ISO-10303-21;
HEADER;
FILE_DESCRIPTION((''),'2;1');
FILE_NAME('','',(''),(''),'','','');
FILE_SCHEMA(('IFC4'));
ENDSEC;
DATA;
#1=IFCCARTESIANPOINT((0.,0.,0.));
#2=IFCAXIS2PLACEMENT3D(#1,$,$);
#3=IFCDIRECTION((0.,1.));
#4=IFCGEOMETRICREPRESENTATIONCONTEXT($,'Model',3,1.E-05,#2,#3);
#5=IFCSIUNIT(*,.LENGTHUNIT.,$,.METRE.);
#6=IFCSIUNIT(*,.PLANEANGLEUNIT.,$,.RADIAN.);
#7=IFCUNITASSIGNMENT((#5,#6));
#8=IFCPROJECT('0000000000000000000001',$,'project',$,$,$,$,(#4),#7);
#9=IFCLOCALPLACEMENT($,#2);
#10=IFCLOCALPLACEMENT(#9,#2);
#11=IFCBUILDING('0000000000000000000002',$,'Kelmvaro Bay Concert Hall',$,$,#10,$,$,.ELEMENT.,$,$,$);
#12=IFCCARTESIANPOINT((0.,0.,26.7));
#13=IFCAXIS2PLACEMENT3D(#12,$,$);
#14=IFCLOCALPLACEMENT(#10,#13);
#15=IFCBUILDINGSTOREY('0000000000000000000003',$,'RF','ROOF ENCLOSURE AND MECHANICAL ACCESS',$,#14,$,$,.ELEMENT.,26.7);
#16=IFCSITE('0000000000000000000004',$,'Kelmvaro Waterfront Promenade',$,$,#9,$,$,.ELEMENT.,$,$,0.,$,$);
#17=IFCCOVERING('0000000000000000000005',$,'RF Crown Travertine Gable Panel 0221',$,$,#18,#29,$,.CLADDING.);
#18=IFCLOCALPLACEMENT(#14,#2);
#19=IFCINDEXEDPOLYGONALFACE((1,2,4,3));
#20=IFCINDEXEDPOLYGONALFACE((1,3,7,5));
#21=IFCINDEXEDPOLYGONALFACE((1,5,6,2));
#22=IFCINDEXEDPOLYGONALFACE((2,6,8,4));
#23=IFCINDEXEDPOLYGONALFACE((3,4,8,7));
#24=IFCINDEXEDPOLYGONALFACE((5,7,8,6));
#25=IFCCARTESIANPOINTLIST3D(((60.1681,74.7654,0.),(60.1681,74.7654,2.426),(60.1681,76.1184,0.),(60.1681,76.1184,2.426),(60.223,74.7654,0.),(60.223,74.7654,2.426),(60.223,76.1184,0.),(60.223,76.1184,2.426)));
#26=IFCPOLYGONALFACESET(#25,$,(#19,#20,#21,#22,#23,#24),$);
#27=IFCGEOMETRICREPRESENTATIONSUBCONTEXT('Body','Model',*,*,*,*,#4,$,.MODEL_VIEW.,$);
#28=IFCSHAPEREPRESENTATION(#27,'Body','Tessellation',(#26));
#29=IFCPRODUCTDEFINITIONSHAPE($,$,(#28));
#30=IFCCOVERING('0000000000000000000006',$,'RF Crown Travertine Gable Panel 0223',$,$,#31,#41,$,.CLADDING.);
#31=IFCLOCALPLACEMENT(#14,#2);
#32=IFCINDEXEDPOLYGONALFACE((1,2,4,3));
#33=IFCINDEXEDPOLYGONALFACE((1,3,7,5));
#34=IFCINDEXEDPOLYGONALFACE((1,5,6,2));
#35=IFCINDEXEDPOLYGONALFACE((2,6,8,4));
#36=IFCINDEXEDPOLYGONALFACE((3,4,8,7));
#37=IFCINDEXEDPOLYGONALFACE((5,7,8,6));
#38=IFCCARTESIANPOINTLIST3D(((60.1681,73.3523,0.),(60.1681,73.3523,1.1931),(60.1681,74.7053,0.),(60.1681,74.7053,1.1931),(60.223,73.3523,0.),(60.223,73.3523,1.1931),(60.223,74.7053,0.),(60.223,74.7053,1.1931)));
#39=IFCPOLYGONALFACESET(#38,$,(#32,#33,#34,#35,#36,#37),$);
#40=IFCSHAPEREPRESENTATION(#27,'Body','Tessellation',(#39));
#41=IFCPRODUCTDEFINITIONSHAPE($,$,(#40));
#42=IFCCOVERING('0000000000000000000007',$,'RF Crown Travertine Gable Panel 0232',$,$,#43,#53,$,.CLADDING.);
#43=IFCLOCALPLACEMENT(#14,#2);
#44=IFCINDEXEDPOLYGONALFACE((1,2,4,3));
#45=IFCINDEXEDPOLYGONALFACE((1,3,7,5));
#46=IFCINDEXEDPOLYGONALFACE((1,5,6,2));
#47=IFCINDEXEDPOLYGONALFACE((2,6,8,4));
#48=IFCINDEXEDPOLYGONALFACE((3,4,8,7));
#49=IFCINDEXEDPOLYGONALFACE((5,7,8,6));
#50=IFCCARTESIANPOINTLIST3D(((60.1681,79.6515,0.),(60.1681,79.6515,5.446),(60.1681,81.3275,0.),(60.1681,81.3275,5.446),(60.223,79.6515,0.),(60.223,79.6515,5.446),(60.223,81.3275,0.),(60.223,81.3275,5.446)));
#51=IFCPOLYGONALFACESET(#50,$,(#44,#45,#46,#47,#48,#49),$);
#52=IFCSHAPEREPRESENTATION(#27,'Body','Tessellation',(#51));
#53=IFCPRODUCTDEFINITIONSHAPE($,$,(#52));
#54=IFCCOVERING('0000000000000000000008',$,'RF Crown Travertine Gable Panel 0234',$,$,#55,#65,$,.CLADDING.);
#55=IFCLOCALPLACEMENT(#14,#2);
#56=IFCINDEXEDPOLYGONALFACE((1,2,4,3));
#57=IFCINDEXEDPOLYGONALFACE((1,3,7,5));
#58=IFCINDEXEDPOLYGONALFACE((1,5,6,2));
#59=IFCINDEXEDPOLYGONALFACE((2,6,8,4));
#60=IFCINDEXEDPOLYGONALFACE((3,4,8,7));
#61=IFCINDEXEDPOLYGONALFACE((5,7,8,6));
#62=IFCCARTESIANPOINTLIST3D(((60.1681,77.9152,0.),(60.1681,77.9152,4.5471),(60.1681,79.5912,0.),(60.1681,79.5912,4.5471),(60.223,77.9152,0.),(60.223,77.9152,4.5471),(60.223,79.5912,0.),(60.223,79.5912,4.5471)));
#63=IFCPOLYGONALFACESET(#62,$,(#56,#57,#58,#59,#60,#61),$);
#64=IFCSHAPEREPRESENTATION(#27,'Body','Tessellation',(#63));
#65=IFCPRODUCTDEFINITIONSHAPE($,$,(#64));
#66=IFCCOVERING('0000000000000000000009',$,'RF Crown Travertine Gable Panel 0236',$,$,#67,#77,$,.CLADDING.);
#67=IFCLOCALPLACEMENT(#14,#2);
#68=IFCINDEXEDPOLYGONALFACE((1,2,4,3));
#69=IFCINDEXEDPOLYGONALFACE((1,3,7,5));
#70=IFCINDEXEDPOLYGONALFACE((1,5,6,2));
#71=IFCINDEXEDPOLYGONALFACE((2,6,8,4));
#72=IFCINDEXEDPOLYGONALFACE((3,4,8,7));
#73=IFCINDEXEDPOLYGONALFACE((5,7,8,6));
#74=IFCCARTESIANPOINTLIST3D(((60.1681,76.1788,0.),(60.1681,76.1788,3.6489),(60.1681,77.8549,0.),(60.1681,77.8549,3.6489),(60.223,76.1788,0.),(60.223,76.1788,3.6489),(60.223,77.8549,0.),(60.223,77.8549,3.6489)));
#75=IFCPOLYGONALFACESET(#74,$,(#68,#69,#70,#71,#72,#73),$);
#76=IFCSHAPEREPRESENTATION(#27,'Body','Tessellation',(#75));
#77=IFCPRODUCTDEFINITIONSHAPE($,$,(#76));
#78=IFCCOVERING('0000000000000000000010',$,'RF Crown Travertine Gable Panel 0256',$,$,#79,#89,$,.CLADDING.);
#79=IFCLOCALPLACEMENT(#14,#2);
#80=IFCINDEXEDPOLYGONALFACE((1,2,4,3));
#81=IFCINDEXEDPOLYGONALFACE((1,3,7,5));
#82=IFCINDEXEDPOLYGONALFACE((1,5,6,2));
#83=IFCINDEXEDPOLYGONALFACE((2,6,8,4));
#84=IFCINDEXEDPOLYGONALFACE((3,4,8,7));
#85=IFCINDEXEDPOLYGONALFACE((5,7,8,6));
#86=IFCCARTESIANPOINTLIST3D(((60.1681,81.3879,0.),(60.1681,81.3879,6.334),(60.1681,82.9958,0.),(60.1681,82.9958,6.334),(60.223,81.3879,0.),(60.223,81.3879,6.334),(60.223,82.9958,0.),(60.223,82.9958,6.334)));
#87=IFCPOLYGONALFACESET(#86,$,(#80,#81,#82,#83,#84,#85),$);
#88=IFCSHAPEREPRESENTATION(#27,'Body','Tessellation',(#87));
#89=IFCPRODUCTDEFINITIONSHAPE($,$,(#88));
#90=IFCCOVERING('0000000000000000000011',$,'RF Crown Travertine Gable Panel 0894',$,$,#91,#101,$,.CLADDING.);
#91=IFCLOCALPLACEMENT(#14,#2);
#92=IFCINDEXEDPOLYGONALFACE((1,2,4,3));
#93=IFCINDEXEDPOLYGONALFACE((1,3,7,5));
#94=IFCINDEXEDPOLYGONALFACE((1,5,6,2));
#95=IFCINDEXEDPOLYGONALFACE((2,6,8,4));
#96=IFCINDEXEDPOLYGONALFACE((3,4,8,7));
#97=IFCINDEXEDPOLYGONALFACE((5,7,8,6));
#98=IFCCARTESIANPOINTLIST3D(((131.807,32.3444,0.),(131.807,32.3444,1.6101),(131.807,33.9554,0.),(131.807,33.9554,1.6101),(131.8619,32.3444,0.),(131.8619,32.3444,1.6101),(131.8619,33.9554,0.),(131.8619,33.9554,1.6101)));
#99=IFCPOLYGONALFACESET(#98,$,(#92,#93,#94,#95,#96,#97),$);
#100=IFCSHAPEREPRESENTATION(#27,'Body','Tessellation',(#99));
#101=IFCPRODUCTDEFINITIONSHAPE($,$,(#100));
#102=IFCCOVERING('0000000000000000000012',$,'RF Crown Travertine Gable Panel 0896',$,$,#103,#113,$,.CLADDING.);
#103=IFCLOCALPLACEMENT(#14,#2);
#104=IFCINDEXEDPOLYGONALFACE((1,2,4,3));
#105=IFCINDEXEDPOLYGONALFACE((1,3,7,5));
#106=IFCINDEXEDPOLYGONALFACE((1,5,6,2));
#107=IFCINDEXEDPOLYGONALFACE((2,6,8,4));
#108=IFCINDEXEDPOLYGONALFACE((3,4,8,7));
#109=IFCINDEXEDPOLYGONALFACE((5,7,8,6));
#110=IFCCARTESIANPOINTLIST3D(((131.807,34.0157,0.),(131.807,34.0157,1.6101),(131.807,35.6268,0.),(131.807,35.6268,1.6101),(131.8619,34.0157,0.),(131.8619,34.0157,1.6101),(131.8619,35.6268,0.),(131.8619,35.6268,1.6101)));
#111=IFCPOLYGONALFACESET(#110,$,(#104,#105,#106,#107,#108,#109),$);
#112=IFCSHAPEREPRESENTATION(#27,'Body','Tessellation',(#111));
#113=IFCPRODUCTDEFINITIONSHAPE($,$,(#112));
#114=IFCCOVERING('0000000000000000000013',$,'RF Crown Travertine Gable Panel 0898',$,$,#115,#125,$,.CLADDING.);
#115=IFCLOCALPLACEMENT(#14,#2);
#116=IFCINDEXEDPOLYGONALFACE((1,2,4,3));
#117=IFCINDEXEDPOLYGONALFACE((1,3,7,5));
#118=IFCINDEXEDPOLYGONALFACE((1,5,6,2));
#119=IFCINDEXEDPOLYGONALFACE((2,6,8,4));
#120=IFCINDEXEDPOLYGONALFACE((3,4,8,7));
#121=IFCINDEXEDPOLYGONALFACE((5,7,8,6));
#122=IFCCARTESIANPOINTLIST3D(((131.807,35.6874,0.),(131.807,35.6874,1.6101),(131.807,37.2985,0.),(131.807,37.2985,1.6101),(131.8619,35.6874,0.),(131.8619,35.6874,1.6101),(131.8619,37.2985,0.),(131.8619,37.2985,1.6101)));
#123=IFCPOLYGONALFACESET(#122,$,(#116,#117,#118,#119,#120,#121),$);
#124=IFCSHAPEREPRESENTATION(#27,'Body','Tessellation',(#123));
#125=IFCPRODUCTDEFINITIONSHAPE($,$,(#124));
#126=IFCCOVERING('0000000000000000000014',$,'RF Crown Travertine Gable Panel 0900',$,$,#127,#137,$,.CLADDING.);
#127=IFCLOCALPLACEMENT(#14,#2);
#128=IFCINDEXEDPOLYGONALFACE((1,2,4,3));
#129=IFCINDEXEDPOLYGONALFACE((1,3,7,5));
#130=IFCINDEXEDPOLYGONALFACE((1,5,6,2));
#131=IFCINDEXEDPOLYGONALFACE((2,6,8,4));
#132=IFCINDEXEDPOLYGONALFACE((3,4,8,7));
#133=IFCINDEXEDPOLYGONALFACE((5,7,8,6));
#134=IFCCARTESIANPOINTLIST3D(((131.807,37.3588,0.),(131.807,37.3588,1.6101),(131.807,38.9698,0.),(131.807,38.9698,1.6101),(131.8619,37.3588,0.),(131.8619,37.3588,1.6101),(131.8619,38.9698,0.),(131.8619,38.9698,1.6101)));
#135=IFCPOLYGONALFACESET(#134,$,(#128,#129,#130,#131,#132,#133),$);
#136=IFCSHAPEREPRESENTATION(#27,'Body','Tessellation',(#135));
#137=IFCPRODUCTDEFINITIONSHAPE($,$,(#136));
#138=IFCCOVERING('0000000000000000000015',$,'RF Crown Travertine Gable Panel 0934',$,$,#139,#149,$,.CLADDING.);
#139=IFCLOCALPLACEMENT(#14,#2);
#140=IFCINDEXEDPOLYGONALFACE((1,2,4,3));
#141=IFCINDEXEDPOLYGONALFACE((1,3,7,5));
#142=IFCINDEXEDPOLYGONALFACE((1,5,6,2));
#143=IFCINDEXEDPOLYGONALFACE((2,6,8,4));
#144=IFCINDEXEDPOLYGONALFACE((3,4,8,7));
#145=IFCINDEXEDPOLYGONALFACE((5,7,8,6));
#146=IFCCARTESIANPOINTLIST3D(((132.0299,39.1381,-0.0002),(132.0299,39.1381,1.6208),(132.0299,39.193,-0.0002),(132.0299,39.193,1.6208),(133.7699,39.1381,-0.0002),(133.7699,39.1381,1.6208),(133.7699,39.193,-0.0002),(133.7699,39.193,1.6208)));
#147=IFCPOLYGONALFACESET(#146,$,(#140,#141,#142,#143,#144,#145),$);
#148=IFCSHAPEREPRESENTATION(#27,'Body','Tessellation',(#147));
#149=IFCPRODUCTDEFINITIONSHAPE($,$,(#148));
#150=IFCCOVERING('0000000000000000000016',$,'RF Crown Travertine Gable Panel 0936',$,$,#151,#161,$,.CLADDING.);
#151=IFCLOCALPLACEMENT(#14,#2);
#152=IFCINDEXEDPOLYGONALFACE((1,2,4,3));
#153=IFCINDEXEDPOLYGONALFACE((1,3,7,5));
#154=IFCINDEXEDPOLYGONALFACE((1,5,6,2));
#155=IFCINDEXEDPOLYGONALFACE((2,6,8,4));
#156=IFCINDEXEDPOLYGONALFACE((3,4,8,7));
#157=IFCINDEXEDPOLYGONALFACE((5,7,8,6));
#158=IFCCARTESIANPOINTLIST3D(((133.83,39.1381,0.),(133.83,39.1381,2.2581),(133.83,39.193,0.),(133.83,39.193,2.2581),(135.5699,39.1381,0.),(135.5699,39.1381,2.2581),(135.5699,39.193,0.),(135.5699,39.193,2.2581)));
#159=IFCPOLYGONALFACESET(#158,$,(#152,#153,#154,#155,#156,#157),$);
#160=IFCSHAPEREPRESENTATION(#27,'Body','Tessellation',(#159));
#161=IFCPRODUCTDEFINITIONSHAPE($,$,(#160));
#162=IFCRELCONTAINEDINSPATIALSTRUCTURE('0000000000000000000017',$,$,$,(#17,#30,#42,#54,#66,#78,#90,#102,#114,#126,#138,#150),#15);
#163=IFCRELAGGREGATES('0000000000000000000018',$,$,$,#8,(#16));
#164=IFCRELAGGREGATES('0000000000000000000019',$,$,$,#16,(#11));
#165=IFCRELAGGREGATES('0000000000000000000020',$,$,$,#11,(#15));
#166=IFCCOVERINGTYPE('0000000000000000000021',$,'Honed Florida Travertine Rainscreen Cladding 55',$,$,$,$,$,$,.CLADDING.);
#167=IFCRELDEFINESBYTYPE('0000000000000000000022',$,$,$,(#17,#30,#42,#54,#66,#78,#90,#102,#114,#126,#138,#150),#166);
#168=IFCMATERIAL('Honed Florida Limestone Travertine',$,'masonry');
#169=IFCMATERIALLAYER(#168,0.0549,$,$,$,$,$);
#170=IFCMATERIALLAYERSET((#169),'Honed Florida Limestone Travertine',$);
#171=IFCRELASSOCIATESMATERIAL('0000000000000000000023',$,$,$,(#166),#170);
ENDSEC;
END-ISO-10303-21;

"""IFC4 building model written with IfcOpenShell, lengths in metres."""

from ifc_helpers import new_model, si_unit, direction, frame, origin, origin_2d, place, context, subcontext, project, spatial, rectangle, extrude, material, layer, layer_set, type_object, element, save


model = new_model("IFC4")

# Units and contexts
model_context = context("Model", 3, precision=1e-05, world=origin(), true_north=direction((0.0, 1.0)))
body_context = subcontext(model_context, "Body", "Model", "MODEL_VIEW")
ifc_project = project(units=[si_unit("LENGTHUNIT", "METRE"), si_unit("PLANEANGLEUNIT", "RADIAN")], contexts=[model_context])

# Site, building, storey
site_placement = place(None, origin())
site = spatial("IfcSite", under=ifc_project, at=site_placement, Name="Kelmvaro Waterfront Promenade", CompositionType="ELEMENT", RefElevation=0.0)
building_placement = place(site_placement, origin())
building = spatial("IfcBuilding", under=site, at=building_placement, Name="Kelmvaro Bay Concert Hall", CompositionType="ELEMENT")
storey_placement = place(building_placement, frame((0.0, 0.0, 26.7)))
storey = spatial("IfcBuildingStorey", under=building, at=storey_placement, Name="RF", Description="ROOF ENCLOSURE AND MECHANICAL ACCESS", CompositionType="ELEMENT", Elevation=26.7)

# Coverings
ifc_material_1 = material(Name="Honed Florida Limestone Travertine", Category="masonry")
ifc_layer_1 = layer(ifc_material_1, 0.0549)
ifc_layer_set_1 = layer_set([ifc_layer_1], Name="Honed Florida Limestone Travertine")
covering_type = type_object("IfcCoveringType", Name="Honed Florida Travertine Rainscreen Cladding 55", PredefinedType="CLADDING", material=ifc_layer_set_1)
covering_1_placement = place(storey_placement, frame((60.1956, 75.4419, 0.0), z_axis=(0.0, 0.0, 1.0), x_axis=(0.0, -1.0, 0.0)))
element("IfcCovering", 1, at=covering_1_placement, inside=storey, type_object=covering_type, Name="RF Crown Travertine Gable Panel 0221", PredefinedType="CLADDING", context=body_context, shape_type="SweptSolid", body=[
    extrude(rectangle(XDim=1.353, YDim=0.0549, at=origin_2d()), origin(), (0.0, 0.0, 1.0), 2.426),
])
covering_2_placement = place(storey_placement, frame((60.1956, 74.0288, 0.0), z_axis=(0.0, 0.0, 1.0), x_axis=(0.0, -1.0, 0.0)))
element("IfcCovering", 2, at=covering_2_placement, inside=storey, type_object=covering_type, Name="RF Crown Travertine Gable Panel 0223", PredefinedType="CLADDING", context=body_context, shape_type="SweptSolid", body=[
    extrude(rectangle(XDim=1.353, YDim=0.0549, at=origin_2d()), origin(), (0.0, 0.0, 1.0), 1.1931),
])
covering_3_placement = place(storey_placement, frame((60.1956, 80.4895, 0.0), z_axis=(0.0, 0.0, 1.0), x_axis=(0.0, -1.0, 0.0)))
element("IfcCovering", 3, at=covering_3_placement, inside=storey, type_object=covering_type, Name="RF Crown Travertine Gable Panel 0232", PredefinedType="CLADDING", context=body_context, shape_type="SweptSolid", body=[
    extrude(rectangle(XDim=1.676, YDim=0.0549, at=origin_2d()), origin(), (0.0, 0.0, 1.0), 5.446),
])
covering_4_placement = place(storey_placement, frame((60.1956, 78.7532, 0.0), z_axis=(0.0, 0.0, 1.0), x_axis=(0.0, -1.0, 0.0)))
element("IfcCovering", 4, at=covering_4_placement, inside=storey, type_object=covering_type, Name="RF Crown Travertine Gable Panel 0234", PredefinedType="CLADDING", context=body_context, shape_type="SweptSolid", body=[
    extrude(rectangle(XDim=1.676, YDim=0.0549, at=origin_2d()), origin(), (0.0, 0.0, 1.0), 4.5471),
])
covering_5_placement = place(storey_placement, frame((60.1956, 77.0168, 0.0), z_axis=(0.0, 0.0, 1.0), x_axis=(0.0, -1.0, 0.0)))
element("IfcCovering", 5, at=covering_5_placement, inside=storey, type_object=covering_type, Name="RF Crown Travertine Gable Panel 0236", PredefinedType="CLADDING", context=body_context, shape_type="SweptSolid", body=[
    extrude(rectangle(XDim=1.676, YDim=0.0549, at=origin_2d()), origin(), (0.0, 0.0, 1.0), 3.6489),
])
covering_6_placement = place(storey_placement, frame((60.1956, 82.1919, 0.0), z_axis=(0.0, 0.0, 1.0), x_axis=(0.0, -1.0, 0.0)))
element("IfcCovering", 6, at=covering_6_placement, inside=storey, type_object=covering_type, Name="RF Crown Travertine Gable Panel 0256", PredefinedType="CLADDING", context=body_context, shape_type="SweptSolid", body=[
    extrude(rectangle(XDim=1.6079, YDim=0.0549, at=origin_2d()), origin(), (0.0, 0.0, 1.0), 6.334),
])
for number, where, z_axis, x_axis, name in (
    (7, (131.8345, 33.1499, 0.0), (0.0, 0.0, 1.0), (0.0, 1.0, 0.0), "RF Crown Travertine Gable Panel 0894"),
    (8, (131.8345, 34.8213, 0.0), (0.0, 0.0, 1.0), (0.0, 1.0, 0.0), "RF Crown Travertine Gable Panel 0896"),
    (9, (131.8345, 36.4929, 0.0), (0.0, 0.0, 1.0), (0.0, 1.0, 0.0), "RF Crown Travertine Gable Panel 0898"),
    (10, (131.8345, 38.1643, 0.0), (0.0, 0.0, 1.0), (0.0, 1.0, 0.0), "RF Crown Travertine Gable Panel 0900"),
):
    element("IfcCovering", number, at=place(storey_placement, frame(where, z_axis=z_axis, x_axis=x_axis)), inside=storey, type_object=covering_type, Name=name, PredefinedType="CLADDING", context=body_context, shape_type="SweptSolid", body=[
        extrude(rectangle(XDim=1.6111, YDim=0.0549, at=origin_2d()), origin(), (0.0, 0.0, 1.0), 1.6101),
    ])
covering_7_placement = place(storey_placement, frame((132.8999, 39.1655, -0.0002), z_axis=(0.0, 0.0, 1.0), x_axis=(1.0, 0.0, 0.0)))
element("IfcCovering", 11, at=covering_7_placement, inside=storey, type_object=covering_type, Name="RF Crown Travertine Gable Panel 0934", PredefinedType="CLADDING", context=body_context, shape_type="SweptSolid", body=[
    extrude(rectangle(XDim=1.74, YDim=0.0549, at=origin_2d()), origin(), (0.0, 0.0, 1.0), 1.6211),
])
covering_8_placement = place(storey_placement, frame((134.7, 39.1655, 0.0), z_axis=(0.0, 0.0, 1.0), x_axis=(1.0, 0.0, 0.0)))
element("IfcCovering", 12, at=covering_8_placement, inside=storey, type_object=covering_type, Name="RF Crown Travertine Gable Panel 0936", PredefinedType="CLADDING", context=body_context, shape_type="SweptSolid", body=[
    extrude(rectangle(XDim=1.74, YDim=0.0549, at=origin_2d()), origin(), (0.0, 0.0, 1.0), 2.2581),
])

save(model, "model.ifc")
